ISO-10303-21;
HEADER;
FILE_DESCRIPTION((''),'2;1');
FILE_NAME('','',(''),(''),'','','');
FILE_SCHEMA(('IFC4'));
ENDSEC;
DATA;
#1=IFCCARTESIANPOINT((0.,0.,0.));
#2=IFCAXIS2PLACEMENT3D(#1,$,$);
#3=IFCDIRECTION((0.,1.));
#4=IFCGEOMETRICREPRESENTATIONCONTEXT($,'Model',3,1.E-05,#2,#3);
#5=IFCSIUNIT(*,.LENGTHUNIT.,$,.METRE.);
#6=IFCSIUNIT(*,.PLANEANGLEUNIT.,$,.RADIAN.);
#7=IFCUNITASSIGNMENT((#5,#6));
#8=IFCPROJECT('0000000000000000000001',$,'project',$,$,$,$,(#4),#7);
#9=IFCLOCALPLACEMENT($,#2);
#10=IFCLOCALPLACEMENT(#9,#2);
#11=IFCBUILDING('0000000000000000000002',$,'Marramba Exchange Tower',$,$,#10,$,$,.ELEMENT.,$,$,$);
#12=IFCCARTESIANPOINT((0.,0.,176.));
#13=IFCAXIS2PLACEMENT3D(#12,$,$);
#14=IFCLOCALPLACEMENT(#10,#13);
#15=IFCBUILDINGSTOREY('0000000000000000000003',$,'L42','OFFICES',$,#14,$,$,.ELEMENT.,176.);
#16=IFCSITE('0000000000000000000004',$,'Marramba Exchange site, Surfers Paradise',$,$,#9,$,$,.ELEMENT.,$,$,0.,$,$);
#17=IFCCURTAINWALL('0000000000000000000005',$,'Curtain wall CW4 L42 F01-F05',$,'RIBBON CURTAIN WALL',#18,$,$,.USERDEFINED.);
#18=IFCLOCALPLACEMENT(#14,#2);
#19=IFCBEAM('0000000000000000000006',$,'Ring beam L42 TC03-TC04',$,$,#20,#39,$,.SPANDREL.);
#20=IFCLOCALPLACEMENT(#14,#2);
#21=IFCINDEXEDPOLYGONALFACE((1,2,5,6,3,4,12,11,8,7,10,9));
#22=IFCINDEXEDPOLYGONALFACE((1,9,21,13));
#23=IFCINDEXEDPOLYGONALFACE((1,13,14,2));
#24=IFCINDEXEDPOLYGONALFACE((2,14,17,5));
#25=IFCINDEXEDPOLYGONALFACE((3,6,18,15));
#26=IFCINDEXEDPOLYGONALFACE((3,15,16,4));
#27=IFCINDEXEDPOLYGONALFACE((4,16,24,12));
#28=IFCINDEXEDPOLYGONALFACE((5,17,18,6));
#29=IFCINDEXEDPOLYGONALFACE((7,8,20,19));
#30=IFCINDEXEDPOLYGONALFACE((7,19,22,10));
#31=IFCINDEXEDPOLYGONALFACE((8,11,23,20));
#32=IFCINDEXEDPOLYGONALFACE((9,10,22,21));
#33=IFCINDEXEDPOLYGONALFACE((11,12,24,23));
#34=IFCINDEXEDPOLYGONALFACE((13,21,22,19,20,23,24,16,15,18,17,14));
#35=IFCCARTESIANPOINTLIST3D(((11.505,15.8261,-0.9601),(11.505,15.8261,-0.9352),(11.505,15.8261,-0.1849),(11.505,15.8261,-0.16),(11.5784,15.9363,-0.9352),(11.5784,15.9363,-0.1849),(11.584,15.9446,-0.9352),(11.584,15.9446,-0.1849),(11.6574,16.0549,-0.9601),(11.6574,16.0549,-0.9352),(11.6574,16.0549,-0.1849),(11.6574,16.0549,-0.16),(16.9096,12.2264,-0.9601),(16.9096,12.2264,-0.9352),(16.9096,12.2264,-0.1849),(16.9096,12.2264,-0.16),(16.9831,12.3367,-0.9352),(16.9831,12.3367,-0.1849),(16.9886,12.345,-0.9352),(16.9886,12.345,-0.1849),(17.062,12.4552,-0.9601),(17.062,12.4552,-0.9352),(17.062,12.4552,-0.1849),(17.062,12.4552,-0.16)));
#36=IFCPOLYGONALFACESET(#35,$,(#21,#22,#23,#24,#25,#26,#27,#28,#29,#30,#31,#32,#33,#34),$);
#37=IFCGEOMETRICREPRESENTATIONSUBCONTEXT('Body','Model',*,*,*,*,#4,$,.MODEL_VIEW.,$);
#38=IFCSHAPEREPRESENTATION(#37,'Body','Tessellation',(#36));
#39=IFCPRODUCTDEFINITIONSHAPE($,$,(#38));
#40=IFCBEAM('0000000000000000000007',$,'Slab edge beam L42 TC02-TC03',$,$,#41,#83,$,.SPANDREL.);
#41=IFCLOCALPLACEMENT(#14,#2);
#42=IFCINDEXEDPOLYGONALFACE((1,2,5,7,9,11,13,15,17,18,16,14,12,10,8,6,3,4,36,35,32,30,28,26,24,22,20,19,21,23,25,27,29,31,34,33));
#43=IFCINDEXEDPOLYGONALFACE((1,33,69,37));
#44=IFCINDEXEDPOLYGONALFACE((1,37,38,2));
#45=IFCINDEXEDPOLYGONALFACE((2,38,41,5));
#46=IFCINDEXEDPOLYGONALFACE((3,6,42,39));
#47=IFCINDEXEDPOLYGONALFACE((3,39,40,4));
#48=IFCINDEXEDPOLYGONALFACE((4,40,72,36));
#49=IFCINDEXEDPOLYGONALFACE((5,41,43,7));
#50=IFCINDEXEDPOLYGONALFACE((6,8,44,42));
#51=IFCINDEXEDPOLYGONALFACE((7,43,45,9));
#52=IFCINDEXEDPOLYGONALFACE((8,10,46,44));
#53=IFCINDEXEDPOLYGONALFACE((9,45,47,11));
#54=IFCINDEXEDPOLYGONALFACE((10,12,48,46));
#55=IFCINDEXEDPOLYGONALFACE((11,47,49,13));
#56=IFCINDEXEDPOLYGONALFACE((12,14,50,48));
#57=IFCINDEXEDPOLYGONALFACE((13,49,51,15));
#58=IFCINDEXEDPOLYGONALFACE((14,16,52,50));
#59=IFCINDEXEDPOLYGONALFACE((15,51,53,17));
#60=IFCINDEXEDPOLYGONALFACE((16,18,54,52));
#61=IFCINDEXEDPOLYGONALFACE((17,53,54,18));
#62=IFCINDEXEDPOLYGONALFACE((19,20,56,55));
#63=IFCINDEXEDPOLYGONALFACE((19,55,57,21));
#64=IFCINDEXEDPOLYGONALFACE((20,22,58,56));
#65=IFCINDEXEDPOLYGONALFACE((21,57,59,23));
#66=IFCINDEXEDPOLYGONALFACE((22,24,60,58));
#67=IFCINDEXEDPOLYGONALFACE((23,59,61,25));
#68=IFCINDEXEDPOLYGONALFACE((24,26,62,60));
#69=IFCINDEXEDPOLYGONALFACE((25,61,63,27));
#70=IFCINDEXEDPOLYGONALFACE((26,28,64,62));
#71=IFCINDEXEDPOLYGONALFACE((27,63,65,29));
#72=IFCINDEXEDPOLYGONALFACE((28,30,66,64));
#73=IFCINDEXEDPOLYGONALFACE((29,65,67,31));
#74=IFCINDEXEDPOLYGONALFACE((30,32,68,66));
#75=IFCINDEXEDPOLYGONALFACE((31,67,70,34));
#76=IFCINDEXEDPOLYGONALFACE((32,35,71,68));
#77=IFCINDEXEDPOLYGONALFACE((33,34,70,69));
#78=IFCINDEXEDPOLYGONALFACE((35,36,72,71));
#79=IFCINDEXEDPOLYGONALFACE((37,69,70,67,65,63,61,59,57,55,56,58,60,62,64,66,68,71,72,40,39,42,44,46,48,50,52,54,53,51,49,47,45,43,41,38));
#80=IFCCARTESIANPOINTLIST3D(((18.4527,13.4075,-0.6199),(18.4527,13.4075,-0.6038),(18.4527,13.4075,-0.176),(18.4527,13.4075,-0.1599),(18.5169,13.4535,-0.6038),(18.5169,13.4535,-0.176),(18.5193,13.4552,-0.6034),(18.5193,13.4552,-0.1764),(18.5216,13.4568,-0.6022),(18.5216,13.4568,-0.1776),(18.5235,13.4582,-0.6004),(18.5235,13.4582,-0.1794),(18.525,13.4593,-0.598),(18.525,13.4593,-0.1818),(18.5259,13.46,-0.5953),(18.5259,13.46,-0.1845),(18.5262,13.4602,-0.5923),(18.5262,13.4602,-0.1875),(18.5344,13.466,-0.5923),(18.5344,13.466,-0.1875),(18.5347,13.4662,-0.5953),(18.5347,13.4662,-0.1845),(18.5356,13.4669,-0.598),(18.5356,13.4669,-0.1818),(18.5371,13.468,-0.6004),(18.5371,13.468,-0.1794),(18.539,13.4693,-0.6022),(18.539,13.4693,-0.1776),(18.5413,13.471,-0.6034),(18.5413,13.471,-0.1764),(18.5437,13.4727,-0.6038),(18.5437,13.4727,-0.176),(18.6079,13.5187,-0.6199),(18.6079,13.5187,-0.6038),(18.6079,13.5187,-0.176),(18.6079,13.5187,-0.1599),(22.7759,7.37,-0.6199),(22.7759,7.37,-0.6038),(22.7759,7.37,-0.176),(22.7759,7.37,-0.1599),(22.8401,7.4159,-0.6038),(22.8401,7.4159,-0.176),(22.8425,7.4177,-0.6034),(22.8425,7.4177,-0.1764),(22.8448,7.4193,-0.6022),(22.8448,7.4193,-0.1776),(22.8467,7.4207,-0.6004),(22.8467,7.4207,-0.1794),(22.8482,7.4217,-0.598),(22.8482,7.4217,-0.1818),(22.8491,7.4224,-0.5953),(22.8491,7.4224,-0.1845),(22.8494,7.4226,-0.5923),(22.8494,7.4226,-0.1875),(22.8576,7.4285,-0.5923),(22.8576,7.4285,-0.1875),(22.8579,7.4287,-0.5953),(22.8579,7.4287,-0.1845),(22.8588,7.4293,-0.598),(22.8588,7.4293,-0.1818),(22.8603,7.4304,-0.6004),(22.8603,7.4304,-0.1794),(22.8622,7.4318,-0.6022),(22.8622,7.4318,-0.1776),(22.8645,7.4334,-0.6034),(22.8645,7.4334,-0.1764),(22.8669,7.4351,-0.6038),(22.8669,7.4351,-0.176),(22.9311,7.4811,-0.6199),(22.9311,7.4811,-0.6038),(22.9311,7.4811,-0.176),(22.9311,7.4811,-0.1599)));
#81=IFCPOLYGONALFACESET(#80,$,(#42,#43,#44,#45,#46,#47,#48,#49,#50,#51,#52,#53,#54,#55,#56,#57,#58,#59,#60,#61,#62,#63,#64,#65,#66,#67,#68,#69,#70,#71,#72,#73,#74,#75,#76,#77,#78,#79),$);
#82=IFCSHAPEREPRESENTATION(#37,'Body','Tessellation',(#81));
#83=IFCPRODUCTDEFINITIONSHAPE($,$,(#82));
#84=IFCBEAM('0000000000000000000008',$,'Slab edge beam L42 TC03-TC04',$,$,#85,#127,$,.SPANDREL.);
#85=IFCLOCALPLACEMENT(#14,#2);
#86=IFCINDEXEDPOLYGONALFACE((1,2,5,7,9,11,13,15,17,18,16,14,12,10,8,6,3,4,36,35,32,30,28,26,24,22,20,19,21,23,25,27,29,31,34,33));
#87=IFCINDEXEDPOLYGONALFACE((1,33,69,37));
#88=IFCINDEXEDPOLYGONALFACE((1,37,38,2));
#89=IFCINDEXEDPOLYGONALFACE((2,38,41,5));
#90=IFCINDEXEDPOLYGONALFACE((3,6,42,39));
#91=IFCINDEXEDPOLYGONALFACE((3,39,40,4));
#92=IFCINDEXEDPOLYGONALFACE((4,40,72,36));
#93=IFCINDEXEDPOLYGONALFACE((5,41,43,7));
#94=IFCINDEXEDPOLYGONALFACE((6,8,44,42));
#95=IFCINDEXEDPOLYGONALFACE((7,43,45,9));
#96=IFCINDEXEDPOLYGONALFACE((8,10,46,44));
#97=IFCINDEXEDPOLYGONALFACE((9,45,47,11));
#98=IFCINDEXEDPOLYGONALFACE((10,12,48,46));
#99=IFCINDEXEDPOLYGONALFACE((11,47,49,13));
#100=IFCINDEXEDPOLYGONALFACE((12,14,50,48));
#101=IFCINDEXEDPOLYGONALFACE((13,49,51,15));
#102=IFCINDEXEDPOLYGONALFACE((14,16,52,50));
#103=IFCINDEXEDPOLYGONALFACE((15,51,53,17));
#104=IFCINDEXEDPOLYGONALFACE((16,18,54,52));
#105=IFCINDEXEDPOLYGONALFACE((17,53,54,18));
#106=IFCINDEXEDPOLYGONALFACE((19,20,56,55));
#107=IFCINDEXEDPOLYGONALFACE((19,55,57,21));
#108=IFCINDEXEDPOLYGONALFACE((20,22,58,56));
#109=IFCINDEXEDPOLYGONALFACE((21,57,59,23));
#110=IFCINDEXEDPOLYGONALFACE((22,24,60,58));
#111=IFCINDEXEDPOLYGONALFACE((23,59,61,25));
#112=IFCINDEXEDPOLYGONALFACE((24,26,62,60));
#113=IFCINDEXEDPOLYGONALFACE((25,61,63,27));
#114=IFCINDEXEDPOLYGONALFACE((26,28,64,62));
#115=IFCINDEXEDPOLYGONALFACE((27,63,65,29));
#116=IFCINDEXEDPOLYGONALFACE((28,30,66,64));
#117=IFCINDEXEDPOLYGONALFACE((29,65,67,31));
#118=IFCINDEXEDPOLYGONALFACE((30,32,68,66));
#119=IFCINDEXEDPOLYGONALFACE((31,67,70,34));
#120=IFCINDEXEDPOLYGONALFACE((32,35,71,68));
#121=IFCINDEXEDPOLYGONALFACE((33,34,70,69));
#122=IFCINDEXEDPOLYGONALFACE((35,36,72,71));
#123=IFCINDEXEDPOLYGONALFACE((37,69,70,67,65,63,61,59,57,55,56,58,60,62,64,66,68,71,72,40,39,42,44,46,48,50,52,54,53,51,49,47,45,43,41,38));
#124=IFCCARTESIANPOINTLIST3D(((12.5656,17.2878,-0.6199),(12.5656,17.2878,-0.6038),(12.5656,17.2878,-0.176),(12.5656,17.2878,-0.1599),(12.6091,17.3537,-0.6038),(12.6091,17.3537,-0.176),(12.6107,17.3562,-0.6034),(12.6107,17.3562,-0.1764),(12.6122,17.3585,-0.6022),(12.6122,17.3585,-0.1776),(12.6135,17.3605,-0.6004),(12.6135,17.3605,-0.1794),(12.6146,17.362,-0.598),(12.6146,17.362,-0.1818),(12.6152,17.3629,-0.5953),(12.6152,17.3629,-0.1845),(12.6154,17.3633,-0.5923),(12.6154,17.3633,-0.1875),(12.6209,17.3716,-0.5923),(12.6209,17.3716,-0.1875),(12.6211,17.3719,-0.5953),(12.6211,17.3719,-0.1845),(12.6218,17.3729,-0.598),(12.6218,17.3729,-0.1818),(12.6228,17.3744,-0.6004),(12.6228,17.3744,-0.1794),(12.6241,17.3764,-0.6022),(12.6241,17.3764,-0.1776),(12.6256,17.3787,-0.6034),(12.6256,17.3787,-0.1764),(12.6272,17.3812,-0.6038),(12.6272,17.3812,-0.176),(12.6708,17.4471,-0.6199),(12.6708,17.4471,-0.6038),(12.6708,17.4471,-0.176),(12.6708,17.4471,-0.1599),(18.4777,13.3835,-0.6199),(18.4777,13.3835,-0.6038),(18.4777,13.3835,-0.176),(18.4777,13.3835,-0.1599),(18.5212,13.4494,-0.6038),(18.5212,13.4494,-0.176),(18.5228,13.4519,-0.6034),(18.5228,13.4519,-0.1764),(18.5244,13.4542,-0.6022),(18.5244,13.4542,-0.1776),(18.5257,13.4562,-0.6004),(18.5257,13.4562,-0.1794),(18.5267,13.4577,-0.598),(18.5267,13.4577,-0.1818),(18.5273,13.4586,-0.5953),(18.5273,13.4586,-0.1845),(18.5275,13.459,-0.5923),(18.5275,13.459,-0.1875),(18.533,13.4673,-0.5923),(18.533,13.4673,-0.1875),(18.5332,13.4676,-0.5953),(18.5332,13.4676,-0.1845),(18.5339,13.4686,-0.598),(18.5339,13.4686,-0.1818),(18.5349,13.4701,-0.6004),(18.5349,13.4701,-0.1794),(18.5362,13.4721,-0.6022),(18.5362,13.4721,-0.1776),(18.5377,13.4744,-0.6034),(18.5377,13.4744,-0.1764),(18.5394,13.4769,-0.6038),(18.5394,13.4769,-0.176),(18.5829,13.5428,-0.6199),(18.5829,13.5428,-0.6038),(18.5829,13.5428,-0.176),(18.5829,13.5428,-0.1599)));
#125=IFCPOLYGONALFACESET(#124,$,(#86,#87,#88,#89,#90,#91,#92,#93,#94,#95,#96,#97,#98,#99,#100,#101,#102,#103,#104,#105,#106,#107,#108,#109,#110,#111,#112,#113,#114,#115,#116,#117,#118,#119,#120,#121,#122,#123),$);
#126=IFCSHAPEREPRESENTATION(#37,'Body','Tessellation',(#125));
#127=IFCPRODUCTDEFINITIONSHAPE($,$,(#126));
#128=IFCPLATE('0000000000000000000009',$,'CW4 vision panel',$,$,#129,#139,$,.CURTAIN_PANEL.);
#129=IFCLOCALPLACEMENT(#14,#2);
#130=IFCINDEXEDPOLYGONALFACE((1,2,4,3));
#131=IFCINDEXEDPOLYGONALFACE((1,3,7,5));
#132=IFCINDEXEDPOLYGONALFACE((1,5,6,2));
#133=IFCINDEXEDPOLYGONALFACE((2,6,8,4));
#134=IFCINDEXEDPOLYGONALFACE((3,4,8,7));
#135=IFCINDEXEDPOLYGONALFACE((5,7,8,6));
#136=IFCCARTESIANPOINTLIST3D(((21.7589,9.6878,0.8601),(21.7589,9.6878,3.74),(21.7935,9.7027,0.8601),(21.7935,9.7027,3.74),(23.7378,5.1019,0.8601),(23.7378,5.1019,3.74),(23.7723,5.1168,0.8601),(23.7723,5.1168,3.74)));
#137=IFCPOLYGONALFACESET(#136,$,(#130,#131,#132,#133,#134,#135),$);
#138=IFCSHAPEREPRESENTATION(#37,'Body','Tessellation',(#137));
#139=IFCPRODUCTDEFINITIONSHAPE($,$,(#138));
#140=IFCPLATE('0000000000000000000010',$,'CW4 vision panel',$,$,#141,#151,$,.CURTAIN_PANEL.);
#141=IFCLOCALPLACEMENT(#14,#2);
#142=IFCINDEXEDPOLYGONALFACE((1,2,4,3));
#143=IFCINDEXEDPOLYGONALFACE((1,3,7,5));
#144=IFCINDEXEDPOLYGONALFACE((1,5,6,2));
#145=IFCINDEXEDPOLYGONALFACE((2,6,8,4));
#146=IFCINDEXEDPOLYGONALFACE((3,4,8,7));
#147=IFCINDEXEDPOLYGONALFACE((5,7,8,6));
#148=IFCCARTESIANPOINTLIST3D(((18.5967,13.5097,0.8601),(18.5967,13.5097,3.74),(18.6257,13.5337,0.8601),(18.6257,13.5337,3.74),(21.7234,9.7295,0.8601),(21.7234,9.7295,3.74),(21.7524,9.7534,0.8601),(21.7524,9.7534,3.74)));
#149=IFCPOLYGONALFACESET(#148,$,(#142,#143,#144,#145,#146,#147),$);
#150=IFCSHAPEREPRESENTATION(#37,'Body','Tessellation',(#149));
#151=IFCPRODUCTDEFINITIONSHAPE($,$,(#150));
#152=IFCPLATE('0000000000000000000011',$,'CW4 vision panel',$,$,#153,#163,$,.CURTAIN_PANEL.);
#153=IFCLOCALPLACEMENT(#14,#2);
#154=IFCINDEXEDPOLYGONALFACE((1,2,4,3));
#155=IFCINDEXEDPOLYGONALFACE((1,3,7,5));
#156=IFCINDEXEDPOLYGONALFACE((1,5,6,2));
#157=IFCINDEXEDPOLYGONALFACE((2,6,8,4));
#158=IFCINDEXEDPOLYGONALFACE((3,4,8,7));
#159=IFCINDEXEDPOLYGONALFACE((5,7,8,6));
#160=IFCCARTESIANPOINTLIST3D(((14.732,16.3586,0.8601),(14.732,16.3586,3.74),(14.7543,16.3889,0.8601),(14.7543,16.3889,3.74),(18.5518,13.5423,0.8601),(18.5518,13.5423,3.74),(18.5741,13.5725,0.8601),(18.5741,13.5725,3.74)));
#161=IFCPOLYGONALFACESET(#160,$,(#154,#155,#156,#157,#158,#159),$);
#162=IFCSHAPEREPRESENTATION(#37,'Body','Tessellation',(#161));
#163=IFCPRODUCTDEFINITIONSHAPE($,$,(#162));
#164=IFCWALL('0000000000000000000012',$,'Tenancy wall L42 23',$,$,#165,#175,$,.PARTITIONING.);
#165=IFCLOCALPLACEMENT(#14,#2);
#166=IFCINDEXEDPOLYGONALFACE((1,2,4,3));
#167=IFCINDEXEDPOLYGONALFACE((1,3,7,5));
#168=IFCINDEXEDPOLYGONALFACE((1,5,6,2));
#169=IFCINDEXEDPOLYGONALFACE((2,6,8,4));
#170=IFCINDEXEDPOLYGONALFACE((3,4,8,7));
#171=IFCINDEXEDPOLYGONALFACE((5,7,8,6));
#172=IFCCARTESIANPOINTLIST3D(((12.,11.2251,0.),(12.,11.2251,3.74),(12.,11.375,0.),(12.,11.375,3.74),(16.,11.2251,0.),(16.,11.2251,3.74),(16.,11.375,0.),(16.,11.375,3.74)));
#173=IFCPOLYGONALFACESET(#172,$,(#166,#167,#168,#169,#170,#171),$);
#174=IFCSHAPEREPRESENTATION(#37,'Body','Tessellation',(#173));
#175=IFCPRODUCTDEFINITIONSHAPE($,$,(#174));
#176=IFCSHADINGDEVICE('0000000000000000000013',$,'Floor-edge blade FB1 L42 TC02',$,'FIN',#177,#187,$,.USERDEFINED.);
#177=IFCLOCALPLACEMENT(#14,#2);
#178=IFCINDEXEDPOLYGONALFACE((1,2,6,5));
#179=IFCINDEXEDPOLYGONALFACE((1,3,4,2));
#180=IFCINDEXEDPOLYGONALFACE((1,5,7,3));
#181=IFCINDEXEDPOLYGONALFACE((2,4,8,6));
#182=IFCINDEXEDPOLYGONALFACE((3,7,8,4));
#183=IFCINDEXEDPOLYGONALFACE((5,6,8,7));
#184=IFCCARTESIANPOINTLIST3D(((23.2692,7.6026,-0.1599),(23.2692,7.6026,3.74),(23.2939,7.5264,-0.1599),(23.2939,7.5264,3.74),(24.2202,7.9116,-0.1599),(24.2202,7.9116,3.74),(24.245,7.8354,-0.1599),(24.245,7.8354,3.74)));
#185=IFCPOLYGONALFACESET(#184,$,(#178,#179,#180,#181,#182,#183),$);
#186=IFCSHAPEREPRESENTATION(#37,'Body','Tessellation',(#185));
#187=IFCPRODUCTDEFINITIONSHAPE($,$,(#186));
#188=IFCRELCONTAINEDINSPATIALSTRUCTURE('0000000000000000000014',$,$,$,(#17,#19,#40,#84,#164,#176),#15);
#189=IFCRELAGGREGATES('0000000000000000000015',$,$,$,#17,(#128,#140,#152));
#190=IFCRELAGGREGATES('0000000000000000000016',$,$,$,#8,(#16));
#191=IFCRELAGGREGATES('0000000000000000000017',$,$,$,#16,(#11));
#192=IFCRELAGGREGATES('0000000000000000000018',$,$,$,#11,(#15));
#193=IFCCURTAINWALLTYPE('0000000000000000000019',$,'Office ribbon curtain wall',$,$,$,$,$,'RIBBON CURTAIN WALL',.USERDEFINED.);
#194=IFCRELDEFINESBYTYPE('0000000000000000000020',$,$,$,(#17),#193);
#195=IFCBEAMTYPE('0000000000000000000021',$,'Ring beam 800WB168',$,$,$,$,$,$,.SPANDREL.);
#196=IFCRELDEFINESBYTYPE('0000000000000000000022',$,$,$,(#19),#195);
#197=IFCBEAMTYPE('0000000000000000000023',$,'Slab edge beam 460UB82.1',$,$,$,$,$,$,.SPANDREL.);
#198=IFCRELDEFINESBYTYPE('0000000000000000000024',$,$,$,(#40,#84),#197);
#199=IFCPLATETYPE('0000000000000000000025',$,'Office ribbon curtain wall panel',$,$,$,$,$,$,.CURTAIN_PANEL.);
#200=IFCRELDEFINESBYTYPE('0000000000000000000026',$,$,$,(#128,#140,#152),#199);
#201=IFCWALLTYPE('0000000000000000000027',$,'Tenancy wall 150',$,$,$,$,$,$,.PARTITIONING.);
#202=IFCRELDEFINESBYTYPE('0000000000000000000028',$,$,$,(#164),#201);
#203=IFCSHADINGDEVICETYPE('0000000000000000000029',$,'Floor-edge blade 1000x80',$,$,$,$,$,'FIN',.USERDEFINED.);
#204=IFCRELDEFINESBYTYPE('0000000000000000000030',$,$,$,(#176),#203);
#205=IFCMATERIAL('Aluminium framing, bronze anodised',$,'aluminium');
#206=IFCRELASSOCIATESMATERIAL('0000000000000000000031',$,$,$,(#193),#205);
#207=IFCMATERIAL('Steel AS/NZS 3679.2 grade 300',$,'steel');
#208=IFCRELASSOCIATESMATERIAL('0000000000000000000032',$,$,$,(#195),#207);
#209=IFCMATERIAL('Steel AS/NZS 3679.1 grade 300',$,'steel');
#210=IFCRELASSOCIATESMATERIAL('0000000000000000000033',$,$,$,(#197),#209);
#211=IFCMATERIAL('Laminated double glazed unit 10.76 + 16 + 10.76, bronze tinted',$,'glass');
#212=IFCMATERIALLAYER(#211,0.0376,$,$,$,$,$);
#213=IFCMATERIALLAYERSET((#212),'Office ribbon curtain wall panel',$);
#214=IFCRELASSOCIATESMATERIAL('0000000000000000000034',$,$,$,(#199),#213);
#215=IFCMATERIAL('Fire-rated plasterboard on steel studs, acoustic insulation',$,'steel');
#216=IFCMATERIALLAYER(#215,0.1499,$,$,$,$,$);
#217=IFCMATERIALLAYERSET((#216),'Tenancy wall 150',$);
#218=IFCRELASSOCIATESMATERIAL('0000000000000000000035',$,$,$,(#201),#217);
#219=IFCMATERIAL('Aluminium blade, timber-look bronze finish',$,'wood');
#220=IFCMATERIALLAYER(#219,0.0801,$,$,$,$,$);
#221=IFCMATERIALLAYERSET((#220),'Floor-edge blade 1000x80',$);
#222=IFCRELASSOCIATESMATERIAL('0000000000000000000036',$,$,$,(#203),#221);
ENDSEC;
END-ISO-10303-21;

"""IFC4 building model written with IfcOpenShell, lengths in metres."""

from ifc_helpers import new_model, si_unit, direction, frame, frame_2d, origin, origin_2d, place, context, subcontext, project, spatial, rectangle, i_section, extrude, material, layer, layer_set, material_profile, profile_set, type_object, element, aggregate, save


model = new_model("IFC4")

# Units and contexts
model_context = context("Model", 3, precision=1e-05, world=origin(), true_north=direction((0.0, 1.0)))
body_context = subcontext(model_context, "Body", "Model", "MODEL_VIEW")
ifc_project = project(units=[si_unit("LENGTHUNIT", "METRE"), si_unit("PLANEANGLEUNIT", "RADIAN")], contexts=[model_context])

# Site, building, storey
site_placement = place(None, origin())
site = spatial("IfcSite", under=ifc_project, at=site_placement, Name="Marramba Exchange site, Surfers Paradise", CompositionType="ELEMENT", RefElevation=0.0)
building_placement = place(site_placement, origin())
building = spatial("IfcBuilding", under=site, at=building_placement, Name="Marramba Exchange Tower", CompositionType="ELEMENT")
storey_placement = place(building_placement, frame((0.0, 0.0, 176.0)))
storey = spatial("IfcBuildingStorey", under=building, at=storey_placement, Name="L42", Description="OFFICES", CompositionType="ELEMENT", Elevation=176.0)

# Shared definitions
ifc_material_1 = material(Name="Steel AS/NZS 3679.2 grade 300", Category="steel")
ifc_material_2 = material(Name="Steel AS/NZS 3679.1 grade 300", Category="steel")

# Curtain wall
ifc_material_3 = material(Name="Aluminium framing, bronze anodised", Category="aluminium")
curtain_wall_type = type_object("IfcCurtainWallType", Name="Office ribbon curtain wall", ElementType="RIBBON CURTAIN WALL", PredefinedType="USERDEFINED", material=ifc_material_3)
curtain_wall_placement = place(storey_placement, origin())
curtain_wall = element("IfcCurtainWall", 1, at=curtain_wall_placement, inside=storey, type_object=curtain_wall_type, Name="Curtain wall CW4 L42 F01-F05", ObjectType="RIBBON CURTAIN WALL", PredefinedType="USERDEFINED")

# Beams
ifc_material_profile_1 = material_profile(ifc_material_1, i_section(OverallWidth=0.2749, OverallDepth=0.8, WebThickness=0.01, FlangeThickness=0.0249, at=origin_2d()), Name="800WB168")
ifc_profile_set_1 = profile_set([ifc_material_profile_1], Name="Steel AS/NZS 3679.2 grade 300")
beam_type_1 = type_object("IfcBeamType", Name="Ring beam 800WB168", PredefinedType="SPANDREL", material=ifc_profile_set_1)
beam_1_placement = place(storey_placement, frame((16.9858, 12.3408, -0.5601), z_axis=(-0.832293, 0.554336, 0.0), x_axis=(-0.554336, -0.832293, 0.0)))
element("IfcBeam", 2, at=beam_1_placement, inside=storey, type_object=beam_type_1, Name="Ring beam L42 TC03-TC04", PredefinedType="SPANDREL", context=body_context, shape_type="SweptSolid", body=[
    extrude(i_section(OverallWidth=0.2749, OverallDepth=0.8, WebThickness=0.01, FlangeThickness=0.0249, at=origin_2d()), origin(), (0.0, 0.0, 1.0), 6.4937),
])
ifc_material_profile_2 = material_profile(ifc_material_2, i_section(OverallWidth=0.1909, OverallDepth=0.46, WebThickness=0.01, FlangeThickness=0.0161, FilletRadius=0.0115, at=origin_2d()), Name="460UB82.1")
ifc_profile_set_2 = profile_set([ifc_material_profile_2], Name="Steel AS/NZS 3679.1 grade 300")
beam_type_2 = type_object("IfcBeamType", Name="Slab edge beam 460UB82.1", PredefinedType="SPANDREL", material=ifc_profile_set_2)
beam_2_placement = place(storey_placement, frame((22.8535, 7.4255, -0.3899), z_axis=(-0.582189, 0.813053, 0.0), x_axis=(-0.813053, -0.582189, 0.0)))
element("IfcBeam", 3, at=beam_2_placement, inside=storey, type_object=beam_type_2, Name="Slab edge beam L42 TC02-TC03", PredefinedType="SPANDREL", context=body_context, shape_type="SweptSolid", body=[
    extrude(i_section(OverallWidth=0.1909, OverallDepth=0.46, WebThickness=0.01, FlangeThickness=0.0161, FilletRadius=0.0115, at=origin_2d()), origin(), (0.0, 0.0, 1.0), 7.4258),
])
beam_3_placement = place(storey_placement, frame((18.5303, 13.4631, -0.3899), z_axis=(-0.83446, 0.551069, 0.0), x_axis=(-0.551069, -0.83446, 0.0)))
element("IfcBeam", 4, at=beam_3_placement, inside=storey, type_object=beam_type_2, Name="Slab edge beam L42 TC03-TC04", PredefinedType="SPANDREL", context=body_context, shape_type="SweptSolid", body=[
    extrude(i_section(OverallWidth=0.1909, OverallDepth=0.46, WebThickness=0.01, FlangeThickness=0.0161, FilletRadius=0.0115, at=origin_2d()), origin(), (0.0, 0.0, 1.0), 7.085),
])

# Plates
ifc_material_4 = material(Name="Laminated double glazed unit 10.76 + 16 + 10.76, bronze tinted", Category="glass")
ifc_layer_1 = layer(ifc_material_4, 0.0376)
ifc_layer_set_1 = layer_set([ifc_layer_1], Name="Office ribbon curtain wall panel")
plate_type = type_object("IfcPlateType", Name="Office ribbon curtain wall panel", PredefinedType="CURTAIN_PANEL", material=ifc_layer_set_1)
plate_1_placement = place(storey_placement, frame((22.7656, 7.4023, 0.8601), z_axis=(0.0, 0.0, 1.0), x_axis=(-0.396193, 0.918167, 0.0)))
plate_1 = element("IfcPlate", 5, at=plate_1_placement, type_object=plate_type, Name="CW4 vision panel", PredefinedType="CURTAIN_PANEL", context=body_context, shape_type="SweptSolid", body=[
    extrude(rectangle(XDim=4.9946, YDim=0.0376, at=origin_2d()), origin(), (0.0, 0.0, 1.0), 2.8799),
])
plate_2_placement = place(storey_placement, frame((20.1746, 11.6316, 0.8601), z_axis=(0.0, 0.0, 1.0), x_axis=(-0.63735, 0.770574, 0.0)))
plate_2 = element("IfcPlate", 6, at=plate_2_placement, type_object=plate_type, Name="CW4 vision panel", PredefinedType="CURTAIN_PANEL", context=body_context, shape_type="SweptSolid", body=[
    extrude(rectangle(XDim=4.9058, YDim=0.0376, at=origin_2d()), origin(), (0.0, 0.0, 1.0), 2.8799),
])
plate_3_placement = place(storey_placement, frame((16.6531, 14.9656, 0.8601), z_axis=(0.0, 0.0, 1.0), x_axis=(-0.804877, 0.593441, 0.0)))
plate_3 = element("IfcPlate", 7, at=plate_3_placement, type_object=plate_type, Name="CW4 vision panel", PredefinedType="CURTAIN_PANEL", context=body_context, shape_type="SweptSolid", body=[
    extrude(rectangle(XDim=4.7458, YDim=0.0376, at=origin_2d()), origin(), (0.0, 0.0, 1.0), 2.8799),
])
aggregate(curtain_wall, [plate_1, plate_2, plate_3])

# Wall
ifc_material_5 = material(Name="Fire-rated plasterboard on steel studs, acoustic insulation", Category="steel")
ifc_layer_2 = layer(ifc_material_5, 0.1499)
ifc_layer_set_2 = layer_set([ifc_layer_2], Name="Tenancy wall 150")
wall_type_1 = type_object("IfcWallType", Name="Tenancy wall 150", PredefinedType="PARTITIONING", material=ifc_layer_set_2)
wall_1_placement = place(storey_placement, frame((16.0, 11.3, 0.0), z_axis=(0.0, 0.0, 1.0), x_axis=(-1.0, 0.0, 0.0)))
element("IfcWall", 8, at=wall_1_placement, inside=storey, type_object=wall_type_1, Name="Tenancy wall L42 23", PredefinedType="PARTITIONING", context=body_context, shape_type="SweptSolid", body=[
    extrude(rectangle(XDim=4.0, YDim=0.1499, at=frame_2d((2.0, 0.0))), origin(), (0.0, 0.0, 1.0), 3.74),
])

# Shading device
ifc_material_6 = material(Name="Aluminium blade, timber-look bronze finish", Category="wood")
ifc_layer_3 = layer(ifc_material_6, 0.0801)
ifc_layer_set_3 = layer_set([ifc_layer_3], Name="Floor-edge blade 1000x80")
shading_device_type_1 = type_object("IfcShadingDeviceType", Name="Floor-edge blade 1000x80", ElementType="FIN", PredefinedType="USERDEFINED", material=ifc_layer_set_3)
for number, where, z_axis, x_axis, name in (
    (9, (23.7571, 7.719, -0.1599), (0.0, 0.0, 1.0), (0.951057, 0.309017, 0.0), "Floor-edge blade FB1 L42 TC02"),
):
    element("IfcShadingDevice", number, at=place(storey_placement, frame(where, z_axis=z_axis, x_axis=x_axis)), inside=storey, type_object=shading_device_type_1, Name=name, ObjectType="FIN", PredefinedType="USERDEFINED", context=body_context, shape_type="SweptSolid", body=[
        extrude(rectangle(XDim=1.0, YDim=0.0801, at=origin_2d()), origin(), (0.0, 0.0, 1.0), 3.8999),
    ])

save(model, "model.ifc")
